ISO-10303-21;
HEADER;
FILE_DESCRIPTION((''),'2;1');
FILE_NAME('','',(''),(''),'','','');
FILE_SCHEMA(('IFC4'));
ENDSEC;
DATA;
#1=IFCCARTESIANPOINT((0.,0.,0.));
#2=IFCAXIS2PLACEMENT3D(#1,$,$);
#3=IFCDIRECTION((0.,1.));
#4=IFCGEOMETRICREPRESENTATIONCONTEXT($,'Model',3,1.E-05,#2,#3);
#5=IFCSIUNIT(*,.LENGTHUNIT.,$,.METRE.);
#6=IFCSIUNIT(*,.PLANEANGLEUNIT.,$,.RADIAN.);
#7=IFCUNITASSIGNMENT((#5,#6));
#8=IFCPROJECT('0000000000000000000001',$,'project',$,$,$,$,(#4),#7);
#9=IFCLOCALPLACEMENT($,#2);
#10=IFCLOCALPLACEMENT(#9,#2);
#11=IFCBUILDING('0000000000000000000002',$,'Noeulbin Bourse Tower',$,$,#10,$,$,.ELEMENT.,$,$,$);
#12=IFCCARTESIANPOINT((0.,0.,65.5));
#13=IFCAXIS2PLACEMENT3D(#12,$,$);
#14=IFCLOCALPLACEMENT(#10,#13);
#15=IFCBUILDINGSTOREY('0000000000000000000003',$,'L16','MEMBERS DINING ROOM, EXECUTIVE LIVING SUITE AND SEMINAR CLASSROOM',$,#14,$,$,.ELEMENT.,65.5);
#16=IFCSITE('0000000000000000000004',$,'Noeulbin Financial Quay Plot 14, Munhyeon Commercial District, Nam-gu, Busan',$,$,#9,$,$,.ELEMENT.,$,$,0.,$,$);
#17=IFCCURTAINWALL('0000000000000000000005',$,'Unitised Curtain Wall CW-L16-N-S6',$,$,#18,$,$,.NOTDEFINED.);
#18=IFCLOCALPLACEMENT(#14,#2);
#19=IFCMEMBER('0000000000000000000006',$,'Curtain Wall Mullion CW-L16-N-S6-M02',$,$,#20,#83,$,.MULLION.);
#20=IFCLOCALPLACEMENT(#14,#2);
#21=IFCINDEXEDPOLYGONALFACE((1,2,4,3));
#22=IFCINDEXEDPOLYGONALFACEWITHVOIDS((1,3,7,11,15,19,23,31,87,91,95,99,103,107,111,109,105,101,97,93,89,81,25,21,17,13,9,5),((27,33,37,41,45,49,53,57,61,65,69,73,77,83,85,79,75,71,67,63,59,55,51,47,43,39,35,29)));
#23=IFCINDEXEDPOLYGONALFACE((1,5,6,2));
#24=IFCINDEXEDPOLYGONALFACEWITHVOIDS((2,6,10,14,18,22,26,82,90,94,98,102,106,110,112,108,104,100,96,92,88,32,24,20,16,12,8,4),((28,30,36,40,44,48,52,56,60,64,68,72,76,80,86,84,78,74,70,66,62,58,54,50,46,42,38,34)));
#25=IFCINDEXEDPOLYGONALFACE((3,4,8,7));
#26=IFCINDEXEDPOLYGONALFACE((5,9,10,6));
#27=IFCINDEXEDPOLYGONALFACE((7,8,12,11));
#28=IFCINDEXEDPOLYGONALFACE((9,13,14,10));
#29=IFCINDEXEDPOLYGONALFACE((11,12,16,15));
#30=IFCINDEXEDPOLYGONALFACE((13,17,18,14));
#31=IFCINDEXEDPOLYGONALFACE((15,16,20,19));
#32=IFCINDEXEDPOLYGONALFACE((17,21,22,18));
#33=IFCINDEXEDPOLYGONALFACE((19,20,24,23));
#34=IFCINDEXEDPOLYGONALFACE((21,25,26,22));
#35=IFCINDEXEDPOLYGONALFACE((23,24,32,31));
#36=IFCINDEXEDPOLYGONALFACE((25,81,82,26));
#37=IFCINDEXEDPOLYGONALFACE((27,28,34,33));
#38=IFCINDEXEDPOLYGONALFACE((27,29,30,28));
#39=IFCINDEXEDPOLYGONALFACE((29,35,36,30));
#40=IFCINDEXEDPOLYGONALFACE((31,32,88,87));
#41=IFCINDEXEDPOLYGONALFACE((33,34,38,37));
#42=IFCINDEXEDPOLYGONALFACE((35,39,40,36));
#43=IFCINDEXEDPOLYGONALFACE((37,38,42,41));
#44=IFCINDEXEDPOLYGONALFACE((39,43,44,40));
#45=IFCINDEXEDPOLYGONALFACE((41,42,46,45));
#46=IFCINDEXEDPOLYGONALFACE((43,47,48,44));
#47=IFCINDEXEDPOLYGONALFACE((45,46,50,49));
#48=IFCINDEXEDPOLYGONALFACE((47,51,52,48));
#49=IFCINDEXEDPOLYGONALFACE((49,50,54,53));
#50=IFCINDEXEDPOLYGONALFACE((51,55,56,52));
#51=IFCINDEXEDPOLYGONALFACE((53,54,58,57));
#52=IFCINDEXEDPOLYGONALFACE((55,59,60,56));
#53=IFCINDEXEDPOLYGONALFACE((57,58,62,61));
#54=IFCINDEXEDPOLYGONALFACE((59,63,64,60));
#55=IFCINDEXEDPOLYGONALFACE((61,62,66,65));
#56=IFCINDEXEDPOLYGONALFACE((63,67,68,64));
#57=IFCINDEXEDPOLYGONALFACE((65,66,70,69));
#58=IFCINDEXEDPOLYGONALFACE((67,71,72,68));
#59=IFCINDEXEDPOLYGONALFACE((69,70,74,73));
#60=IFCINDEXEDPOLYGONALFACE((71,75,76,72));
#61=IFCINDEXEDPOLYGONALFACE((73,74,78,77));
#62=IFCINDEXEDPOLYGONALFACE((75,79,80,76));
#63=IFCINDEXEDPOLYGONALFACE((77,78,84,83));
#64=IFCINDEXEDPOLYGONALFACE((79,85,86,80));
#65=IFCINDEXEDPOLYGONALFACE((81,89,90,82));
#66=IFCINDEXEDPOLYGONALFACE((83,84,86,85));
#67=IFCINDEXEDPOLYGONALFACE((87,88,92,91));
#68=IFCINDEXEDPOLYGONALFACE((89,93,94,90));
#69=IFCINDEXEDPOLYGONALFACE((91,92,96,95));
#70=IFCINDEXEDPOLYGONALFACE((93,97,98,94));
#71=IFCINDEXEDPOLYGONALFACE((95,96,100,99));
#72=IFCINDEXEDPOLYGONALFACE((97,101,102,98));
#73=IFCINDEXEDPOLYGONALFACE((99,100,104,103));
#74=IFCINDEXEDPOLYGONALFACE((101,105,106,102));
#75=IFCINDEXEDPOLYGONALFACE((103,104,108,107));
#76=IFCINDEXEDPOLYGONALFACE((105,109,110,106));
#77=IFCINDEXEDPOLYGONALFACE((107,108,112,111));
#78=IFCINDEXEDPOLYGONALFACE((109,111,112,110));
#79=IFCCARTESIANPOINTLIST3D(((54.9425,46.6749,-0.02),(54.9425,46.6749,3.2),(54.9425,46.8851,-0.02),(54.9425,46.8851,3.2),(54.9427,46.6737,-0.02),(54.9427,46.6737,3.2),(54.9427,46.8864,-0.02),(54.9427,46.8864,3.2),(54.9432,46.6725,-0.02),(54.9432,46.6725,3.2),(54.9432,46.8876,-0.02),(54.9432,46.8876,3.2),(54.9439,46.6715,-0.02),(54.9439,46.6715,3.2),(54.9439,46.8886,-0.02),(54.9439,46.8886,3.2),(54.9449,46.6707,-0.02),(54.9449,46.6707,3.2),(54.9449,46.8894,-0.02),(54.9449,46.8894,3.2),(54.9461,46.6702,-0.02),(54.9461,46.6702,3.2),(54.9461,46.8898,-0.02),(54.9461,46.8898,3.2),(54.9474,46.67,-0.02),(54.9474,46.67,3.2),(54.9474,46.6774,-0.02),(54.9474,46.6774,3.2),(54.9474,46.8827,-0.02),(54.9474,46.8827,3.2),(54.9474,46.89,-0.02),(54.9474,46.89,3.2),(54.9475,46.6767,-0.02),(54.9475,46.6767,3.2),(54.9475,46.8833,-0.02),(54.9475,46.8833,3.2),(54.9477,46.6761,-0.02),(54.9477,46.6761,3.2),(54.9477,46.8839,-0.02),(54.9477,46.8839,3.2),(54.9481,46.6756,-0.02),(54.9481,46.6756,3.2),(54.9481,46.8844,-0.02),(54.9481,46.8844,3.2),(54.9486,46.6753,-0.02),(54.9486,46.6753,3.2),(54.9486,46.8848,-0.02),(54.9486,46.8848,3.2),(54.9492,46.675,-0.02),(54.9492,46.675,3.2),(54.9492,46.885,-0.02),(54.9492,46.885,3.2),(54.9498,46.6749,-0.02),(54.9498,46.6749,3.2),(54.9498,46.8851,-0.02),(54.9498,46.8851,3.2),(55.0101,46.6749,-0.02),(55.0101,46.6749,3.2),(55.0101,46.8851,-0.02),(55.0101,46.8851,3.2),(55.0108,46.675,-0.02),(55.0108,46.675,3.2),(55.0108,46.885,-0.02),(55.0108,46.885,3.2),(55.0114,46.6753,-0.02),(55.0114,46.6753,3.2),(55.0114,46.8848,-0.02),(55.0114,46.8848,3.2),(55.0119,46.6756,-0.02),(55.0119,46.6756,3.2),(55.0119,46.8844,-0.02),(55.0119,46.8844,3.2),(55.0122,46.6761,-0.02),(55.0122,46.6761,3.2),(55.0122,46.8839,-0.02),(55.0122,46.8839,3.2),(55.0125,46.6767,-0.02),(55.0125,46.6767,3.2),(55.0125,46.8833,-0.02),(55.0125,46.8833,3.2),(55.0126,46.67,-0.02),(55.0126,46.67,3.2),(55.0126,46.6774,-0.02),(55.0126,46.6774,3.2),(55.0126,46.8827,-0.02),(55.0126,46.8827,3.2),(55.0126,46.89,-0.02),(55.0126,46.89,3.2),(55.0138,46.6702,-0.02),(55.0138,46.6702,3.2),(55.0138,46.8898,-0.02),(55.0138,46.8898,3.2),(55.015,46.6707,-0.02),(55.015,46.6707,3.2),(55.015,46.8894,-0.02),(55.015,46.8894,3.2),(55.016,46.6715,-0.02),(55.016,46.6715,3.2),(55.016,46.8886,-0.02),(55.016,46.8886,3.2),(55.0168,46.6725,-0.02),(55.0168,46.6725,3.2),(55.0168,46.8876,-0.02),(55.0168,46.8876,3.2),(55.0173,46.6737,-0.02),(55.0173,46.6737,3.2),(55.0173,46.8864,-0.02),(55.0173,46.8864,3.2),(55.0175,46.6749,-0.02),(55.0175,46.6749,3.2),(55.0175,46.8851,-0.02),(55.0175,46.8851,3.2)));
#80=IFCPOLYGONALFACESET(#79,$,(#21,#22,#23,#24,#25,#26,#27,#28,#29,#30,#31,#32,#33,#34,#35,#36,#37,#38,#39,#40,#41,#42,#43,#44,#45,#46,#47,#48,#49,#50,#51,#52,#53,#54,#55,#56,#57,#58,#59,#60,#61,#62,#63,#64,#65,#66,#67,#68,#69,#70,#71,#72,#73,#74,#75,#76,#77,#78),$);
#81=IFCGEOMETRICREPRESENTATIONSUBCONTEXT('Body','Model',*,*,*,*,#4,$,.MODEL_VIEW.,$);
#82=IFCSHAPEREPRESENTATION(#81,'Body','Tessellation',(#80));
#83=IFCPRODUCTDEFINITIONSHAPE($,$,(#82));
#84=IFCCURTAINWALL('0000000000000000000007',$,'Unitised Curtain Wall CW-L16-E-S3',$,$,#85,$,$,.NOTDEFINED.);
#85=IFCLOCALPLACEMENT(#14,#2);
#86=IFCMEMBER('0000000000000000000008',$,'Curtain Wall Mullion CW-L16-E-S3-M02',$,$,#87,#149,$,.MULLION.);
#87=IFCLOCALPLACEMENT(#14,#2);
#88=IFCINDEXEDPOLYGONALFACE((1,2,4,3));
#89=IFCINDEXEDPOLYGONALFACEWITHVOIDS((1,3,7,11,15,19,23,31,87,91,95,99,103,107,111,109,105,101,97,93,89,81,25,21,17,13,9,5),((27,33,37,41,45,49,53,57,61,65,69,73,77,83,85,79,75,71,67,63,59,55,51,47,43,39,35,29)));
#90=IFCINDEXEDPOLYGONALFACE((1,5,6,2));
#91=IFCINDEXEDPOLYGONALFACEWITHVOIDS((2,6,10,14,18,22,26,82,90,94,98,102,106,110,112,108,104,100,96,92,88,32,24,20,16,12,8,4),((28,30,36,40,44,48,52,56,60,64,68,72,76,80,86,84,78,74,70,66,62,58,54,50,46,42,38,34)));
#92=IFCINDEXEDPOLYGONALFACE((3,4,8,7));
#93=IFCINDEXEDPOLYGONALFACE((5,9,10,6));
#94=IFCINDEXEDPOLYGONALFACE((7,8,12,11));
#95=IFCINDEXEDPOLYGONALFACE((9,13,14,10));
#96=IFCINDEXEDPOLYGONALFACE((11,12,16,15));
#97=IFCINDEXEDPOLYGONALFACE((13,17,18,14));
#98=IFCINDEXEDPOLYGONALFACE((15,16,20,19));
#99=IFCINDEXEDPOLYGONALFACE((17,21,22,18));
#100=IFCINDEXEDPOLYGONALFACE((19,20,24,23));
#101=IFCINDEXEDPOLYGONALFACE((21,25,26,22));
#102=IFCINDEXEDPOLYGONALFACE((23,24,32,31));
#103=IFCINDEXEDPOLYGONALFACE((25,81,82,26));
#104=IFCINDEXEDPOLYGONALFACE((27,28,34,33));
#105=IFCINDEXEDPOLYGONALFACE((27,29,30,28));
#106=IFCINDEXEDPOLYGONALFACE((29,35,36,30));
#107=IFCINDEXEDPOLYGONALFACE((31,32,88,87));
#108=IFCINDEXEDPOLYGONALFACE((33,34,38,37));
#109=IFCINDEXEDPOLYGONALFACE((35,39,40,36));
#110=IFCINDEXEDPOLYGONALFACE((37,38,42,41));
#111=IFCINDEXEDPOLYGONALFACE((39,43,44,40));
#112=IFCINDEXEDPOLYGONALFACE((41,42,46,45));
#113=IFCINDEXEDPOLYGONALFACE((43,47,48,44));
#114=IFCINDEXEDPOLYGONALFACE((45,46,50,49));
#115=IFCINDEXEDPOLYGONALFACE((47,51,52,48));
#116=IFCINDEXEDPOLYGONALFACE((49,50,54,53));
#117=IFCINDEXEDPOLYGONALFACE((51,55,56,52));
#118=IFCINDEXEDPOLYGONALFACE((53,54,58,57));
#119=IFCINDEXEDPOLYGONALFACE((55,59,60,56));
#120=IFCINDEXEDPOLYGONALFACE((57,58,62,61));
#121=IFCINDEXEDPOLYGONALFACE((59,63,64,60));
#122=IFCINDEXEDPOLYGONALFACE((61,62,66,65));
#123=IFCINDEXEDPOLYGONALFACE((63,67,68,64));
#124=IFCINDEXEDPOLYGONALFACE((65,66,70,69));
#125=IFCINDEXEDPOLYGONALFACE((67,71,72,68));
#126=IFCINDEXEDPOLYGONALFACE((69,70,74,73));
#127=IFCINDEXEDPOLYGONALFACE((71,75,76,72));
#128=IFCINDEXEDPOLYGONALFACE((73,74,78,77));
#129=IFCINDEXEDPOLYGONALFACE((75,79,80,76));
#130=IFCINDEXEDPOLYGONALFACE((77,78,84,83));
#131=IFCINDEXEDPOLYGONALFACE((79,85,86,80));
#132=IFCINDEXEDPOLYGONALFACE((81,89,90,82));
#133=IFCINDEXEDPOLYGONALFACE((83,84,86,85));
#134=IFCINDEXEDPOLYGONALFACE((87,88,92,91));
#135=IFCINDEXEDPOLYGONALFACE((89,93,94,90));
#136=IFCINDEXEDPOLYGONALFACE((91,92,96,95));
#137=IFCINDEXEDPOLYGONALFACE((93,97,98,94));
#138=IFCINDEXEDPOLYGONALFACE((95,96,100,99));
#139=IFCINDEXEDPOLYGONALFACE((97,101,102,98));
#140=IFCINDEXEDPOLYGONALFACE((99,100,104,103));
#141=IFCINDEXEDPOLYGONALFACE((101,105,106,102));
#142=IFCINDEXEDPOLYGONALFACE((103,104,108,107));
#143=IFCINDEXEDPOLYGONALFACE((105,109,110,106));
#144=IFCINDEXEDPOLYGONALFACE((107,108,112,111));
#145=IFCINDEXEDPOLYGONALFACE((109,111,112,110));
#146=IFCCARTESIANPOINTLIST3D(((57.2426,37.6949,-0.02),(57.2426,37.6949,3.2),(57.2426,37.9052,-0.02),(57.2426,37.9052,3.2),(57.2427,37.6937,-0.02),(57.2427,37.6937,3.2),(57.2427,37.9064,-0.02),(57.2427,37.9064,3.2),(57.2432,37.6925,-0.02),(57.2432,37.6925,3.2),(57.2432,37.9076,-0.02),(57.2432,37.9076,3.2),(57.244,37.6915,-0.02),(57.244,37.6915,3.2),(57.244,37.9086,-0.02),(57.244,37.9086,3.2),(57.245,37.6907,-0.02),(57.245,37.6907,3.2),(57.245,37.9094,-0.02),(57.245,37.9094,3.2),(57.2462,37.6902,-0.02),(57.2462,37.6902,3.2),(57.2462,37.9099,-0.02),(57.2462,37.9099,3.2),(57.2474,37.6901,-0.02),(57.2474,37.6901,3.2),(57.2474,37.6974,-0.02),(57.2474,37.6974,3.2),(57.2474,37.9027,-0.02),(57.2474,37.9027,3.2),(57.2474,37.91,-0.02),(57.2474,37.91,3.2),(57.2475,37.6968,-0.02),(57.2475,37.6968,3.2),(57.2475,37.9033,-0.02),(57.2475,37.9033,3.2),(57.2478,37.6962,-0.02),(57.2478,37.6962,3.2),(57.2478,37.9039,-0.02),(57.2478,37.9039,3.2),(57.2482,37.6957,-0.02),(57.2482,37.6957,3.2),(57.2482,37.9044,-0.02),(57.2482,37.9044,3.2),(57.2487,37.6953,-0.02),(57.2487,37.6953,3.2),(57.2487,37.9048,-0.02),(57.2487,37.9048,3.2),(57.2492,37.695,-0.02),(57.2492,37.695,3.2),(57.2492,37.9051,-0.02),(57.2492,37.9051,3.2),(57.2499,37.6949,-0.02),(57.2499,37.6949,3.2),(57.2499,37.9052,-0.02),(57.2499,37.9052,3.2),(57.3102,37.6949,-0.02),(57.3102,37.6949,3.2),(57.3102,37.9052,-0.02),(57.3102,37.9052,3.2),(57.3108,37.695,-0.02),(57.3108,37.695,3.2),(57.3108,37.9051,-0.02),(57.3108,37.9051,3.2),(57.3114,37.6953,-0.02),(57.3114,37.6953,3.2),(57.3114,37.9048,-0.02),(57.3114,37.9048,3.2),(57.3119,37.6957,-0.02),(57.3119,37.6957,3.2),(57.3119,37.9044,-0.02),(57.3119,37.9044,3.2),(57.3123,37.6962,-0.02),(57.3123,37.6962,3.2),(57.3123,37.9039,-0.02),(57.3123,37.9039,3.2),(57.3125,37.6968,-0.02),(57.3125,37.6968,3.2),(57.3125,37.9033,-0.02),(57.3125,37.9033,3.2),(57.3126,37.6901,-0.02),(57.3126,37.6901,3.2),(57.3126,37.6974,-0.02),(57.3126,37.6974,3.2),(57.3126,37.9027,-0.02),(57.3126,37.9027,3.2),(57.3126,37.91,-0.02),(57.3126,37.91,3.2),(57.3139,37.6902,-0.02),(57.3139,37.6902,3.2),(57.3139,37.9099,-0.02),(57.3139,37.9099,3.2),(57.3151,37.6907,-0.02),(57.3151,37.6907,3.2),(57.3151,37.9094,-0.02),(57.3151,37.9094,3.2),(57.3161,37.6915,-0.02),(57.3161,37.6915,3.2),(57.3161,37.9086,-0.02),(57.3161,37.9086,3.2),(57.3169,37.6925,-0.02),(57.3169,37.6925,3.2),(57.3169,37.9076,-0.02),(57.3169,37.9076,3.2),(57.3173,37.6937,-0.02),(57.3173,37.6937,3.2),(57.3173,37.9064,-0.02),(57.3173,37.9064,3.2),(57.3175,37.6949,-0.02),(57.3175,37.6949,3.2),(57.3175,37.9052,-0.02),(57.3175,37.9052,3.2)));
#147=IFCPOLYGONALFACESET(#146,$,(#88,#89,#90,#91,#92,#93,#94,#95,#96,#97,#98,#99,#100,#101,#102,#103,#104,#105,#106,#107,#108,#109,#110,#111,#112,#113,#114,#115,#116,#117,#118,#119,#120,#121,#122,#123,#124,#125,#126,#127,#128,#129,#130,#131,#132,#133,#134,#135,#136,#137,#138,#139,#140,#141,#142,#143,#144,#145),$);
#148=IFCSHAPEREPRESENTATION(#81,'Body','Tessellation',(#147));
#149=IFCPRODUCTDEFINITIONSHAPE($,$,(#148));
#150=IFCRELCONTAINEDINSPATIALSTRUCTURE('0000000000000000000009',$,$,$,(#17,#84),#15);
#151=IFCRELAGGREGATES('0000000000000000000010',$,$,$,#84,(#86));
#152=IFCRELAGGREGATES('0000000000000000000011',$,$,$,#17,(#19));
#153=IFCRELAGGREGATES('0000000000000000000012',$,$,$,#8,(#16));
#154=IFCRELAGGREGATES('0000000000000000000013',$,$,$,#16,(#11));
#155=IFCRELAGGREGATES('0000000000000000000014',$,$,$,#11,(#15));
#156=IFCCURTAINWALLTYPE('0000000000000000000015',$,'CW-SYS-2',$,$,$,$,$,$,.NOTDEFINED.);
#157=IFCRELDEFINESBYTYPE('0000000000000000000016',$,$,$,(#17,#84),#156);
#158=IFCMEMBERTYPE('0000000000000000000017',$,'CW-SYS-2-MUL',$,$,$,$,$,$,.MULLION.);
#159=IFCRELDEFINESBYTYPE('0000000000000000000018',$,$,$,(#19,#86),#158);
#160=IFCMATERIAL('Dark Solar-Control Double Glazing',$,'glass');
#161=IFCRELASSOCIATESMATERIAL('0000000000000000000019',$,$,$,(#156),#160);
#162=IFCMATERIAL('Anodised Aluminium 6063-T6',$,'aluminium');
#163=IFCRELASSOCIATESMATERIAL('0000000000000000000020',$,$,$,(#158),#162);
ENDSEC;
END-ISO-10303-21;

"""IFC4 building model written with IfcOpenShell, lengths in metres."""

from ifc_helpers import new_model, si_unit, direction, frame, origin, origin_2d, place, context, subcontext, project, spatial, hollow_rectangle, extrude, material, material_profile, profile_set, type_object, element, aggregate, save


model = new_model("IFC4")

# Units and contexts
model_context = context("Model", 3, precision=1e-05, world=origin(), true_north=direction((0.0, 1.0)))
body_context = subcontext(model_context, "Body", "Model", "MODEL_VIEW")
ifc_project = project(units=[si_unit("LENGTHUNIT", "METRE"), si_unit("PLANEANGLEUNIT", "RADIAN")], contexts=[model_context])

# Site, building, storey
site_placement = place(None, origin())
site = spatial("IfcSite", under=ifc_project, at=site_placement, Name="Noeulbin Financial Quay Plot 14, Munhyeon Commercial District, Nam-gu, Busan", CompositionType="ELEMENT", RefElevation=0.0)
building_placement = place(site_placement, origin())
building = spatial("IfcBuilding", under=site, at=building_placement, Name="Noeulbin Bourse Tower", CompositionType="ELEMENT")
storey_placement = place(building_placement, frame((0.0, 0.0, 65.5)))
storey = spatial("IfcBuildingStorey", under=building, at=storey_placement, Name="L16", Description="MEMBERS DINING ROOM, EXECUTIVE LIVING SUITE AND SEMINAR CLASSROOM", CompositionType="ELEMENT", Elevation=65.5)

# Shared definitions
ifc_material_1 = material(Name="Dark Solar-Control Double Glazing", Category="glass")
curtain_wall_type = type_object("IfcCurtainWallType", Name="CW-SYS-2", PredefinedType="NOTDEFINED", material=ifc_material_1)
ifc_material_2 = material(Name="Anodised Aluminium 6063-T6", Category="aluminium")
ifc_material_profile_1 = material_profile(ifc_material_2, hollow_rectangle(XDim=0.075, YDim=0.22, WallThickness=0.0049, InnerFilletRadius=0.0024, OuterFilletRadius=0.0049, at=origin_2d()), Name="ALU-MULL-75x220x5", Category="LoadBearing")
ifc_profile_set_1 = profile_set([ifc_material_profile_1], Name="Anodised Aluminium 6063-T6")
member_type_1 = type_object("IfcMemberType", Name="CW-SYS-2-MUL", PredefinedType="MULLION", material=ifc_profile_set_1)

# Curtain wall, member
curtain_wall_1_placement = place(storey_placement, origin())
curtain_wall_1 = element("IfcCurtainWall", 1, at=curtain_wall_1_placement, inside=storey, type_object=curtain_wall_type, Name="Unitised Curtain Wall CW-L16-N-S6", PredefinedType="NOTDEFINED")
member_1_placement = place(storey_placement, frame((54.98, 46.78, -0.02), z_axis=(0.0, 0.0, 1.0), x_axis=(1.0, 0.0, 0.0)))
member_1 = element("IfcMember", 2, at=member_1_placement, type_object=member_type_1, Name="Curtain Wall Mullion CW-L16-N-S6-M02", PredefinedType="MULLION", context=body_context, shape_type="SweptSolid", body=[
    extrude(hollow_rectangle(XDim=0.075, YDim=0.22, WallThickness=0.0049, InnerFilletRadius=0.0024, OuterFilletRadius=0.0049, at=origin_2d()), origin(), (0.0, 0.0, 1.0), 3.22),
])

# Curtain wall, member
curtain_wall_2_placement = place(storey_placement, origin())
curtain_wall_2 = element("IfcCurtainWall", 3, at=curtain_wall_2_placement, inside=storey, type_object=curtain_wall_type, Name="Unitised Curtain Wall CW-L16-E-S3", PredefinedType="NOTDEFINED")
member_2_placement = place(storey_placement, frame((57.28, 37.8, -0.02), z_axis=(0.0, 0.0, 1.0), x_axis=(1.0, 0.0, 0.0)))
member_2 = element("IfcMember", 4, at=member_2_placement, type_object=member_type_1, Name="Curtain Wall Mullion CW-L16-E-S3-M02", PredefinedType="MULLION", context=body_context, shape_type="SweptSolid", body=[
    extrude(hollow_rectangle(XDim=0.075, YDim=0.22, WallThickness=0.0049, InnerFilletRadius=0.0024, OuterFilletRadius=0.0049, at=origin_2d()), origin(), (0.0, 0.0, 1.0), 3.22),
])
aggregate(curtain_wall_2, [member_2])

aggregate(curtain_wall_1, [member_1])

save(model, "model.ifc")
